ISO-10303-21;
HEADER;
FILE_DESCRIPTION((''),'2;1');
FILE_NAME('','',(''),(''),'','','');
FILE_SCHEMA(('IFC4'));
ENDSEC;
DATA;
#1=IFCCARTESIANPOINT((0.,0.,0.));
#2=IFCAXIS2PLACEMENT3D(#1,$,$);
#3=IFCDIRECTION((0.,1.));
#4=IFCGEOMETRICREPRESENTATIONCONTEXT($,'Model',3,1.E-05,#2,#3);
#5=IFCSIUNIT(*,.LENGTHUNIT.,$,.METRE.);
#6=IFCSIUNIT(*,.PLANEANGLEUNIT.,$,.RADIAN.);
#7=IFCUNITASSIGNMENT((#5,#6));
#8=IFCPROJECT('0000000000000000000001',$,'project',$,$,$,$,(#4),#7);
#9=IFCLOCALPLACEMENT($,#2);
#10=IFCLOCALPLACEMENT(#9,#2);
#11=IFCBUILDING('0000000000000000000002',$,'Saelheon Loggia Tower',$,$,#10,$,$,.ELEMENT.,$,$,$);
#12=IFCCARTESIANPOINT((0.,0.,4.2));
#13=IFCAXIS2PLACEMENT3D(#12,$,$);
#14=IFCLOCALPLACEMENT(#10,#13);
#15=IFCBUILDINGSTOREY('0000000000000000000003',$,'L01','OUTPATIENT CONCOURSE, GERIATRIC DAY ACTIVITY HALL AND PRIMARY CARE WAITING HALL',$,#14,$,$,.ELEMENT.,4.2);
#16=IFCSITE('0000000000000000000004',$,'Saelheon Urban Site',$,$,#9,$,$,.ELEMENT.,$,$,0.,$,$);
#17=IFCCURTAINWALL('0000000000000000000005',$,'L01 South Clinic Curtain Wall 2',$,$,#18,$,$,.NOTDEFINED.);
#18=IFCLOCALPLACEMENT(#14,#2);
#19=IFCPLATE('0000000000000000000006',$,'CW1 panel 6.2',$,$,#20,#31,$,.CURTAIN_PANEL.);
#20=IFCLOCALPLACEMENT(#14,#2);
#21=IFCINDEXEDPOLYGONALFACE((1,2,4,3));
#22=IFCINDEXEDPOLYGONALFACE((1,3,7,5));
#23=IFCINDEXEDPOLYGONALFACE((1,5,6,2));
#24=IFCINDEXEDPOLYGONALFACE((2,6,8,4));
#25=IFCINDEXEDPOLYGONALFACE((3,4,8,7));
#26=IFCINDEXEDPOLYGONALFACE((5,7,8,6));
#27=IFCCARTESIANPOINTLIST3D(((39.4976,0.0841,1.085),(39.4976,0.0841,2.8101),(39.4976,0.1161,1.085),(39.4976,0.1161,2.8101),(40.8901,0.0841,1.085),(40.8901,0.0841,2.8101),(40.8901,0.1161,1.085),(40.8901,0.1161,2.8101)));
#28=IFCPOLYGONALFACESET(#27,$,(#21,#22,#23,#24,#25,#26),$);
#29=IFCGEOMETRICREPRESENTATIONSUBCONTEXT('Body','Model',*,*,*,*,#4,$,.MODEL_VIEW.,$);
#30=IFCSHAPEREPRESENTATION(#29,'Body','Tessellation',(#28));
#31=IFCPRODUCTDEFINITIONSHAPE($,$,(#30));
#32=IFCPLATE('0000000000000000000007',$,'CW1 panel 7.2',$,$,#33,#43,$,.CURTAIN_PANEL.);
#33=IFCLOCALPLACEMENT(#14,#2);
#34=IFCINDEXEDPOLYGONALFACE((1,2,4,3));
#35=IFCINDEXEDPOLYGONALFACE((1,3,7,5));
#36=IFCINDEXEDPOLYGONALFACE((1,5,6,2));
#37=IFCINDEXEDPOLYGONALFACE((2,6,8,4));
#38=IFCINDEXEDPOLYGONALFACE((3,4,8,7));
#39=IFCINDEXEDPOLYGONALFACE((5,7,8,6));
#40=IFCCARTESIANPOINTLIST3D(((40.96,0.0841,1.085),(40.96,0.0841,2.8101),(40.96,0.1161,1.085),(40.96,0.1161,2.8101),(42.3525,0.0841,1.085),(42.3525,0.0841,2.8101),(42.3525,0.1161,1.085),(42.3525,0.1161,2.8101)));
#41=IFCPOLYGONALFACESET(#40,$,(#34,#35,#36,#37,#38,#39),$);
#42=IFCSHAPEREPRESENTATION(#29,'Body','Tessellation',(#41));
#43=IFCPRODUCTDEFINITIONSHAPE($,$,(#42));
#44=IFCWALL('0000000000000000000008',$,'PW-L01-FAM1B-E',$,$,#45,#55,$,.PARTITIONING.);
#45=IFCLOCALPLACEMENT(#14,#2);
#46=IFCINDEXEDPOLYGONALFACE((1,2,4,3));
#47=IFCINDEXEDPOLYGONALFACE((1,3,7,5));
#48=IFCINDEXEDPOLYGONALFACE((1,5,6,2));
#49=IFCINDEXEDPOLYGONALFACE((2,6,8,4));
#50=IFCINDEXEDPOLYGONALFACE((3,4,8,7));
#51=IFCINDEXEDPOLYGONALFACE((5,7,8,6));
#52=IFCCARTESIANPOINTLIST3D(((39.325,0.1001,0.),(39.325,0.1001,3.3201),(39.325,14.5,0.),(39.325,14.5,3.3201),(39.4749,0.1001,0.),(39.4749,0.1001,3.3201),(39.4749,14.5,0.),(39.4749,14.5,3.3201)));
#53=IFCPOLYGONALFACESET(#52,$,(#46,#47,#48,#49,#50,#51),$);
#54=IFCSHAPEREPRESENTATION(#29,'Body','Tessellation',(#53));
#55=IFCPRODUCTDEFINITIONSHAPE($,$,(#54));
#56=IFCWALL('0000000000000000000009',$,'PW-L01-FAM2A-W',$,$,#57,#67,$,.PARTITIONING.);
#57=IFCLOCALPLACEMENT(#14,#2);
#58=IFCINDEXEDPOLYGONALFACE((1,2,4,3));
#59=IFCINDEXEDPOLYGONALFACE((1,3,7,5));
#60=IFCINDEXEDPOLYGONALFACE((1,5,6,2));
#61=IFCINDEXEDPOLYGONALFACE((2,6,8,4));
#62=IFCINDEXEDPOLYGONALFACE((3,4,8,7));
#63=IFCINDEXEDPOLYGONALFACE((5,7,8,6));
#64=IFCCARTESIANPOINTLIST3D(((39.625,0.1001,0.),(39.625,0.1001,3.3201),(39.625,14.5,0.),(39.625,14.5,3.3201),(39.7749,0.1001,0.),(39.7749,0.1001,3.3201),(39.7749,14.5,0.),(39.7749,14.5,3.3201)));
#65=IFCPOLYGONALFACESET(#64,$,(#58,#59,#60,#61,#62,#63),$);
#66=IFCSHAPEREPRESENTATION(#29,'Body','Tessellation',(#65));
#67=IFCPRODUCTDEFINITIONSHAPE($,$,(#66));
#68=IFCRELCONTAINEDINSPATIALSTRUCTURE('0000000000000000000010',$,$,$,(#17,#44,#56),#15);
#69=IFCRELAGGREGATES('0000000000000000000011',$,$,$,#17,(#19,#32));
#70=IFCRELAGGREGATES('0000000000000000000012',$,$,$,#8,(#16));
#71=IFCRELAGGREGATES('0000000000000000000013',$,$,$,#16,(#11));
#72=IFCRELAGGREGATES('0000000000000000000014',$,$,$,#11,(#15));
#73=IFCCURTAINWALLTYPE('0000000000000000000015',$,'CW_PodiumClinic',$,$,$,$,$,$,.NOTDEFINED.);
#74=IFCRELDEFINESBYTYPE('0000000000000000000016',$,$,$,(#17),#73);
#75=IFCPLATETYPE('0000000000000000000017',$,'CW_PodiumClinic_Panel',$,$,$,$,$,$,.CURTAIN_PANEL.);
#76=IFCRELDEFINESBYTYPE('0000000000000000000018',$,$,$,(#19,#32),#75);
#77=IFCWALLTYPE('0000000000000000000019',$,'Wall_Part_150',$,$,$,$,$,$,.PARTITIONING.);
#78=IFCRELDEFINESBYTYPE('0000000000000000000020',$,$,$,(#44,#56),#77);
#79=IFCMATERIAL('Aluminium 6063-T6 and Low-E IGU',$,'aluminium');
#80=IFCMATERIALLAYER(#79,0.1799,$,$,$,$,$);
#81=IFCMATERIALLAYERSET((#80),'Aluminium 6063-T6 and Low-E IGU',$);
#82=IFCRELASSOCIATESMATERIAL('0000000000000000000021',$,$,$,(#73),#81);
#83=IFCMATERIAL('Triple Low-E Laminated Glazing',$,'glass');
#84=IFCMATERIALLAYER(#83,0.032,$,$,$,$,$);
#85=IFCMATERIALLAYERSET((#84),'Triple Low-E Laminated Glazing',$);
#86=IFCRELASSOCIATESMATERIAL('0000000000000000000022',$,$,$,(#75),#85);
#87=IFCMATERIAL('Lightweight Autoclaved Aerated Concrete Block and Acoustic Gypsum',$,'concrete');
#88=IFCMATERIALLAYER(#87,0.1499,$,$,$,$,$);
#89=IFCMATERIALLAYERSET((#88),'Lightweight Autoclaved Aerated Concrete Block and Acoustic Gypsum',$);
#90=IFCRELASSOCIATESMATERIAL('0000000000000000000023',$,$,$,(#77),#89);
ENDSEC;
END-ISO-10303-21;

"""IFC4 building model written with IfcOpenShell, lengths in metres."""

from ifc_helpers import new_model, si_unit, direction, frame, frame_2d, origin, origin_2d, place, context, subcontext, project, spatial, rectangle, extrude, source, transform, mapped, material, layer, layer_set, type_object, element, aggregate, save


model = new_model("IFC4")

# Units and contexts
model_context = context("Model", 3, precision=1e-05, world=origin(), true_north=direction((0.0, 1.0)))
body_context = subcontext(model_context, "Body", "Model", "MODEL_VIEW")
ifc_project = project(units=[si_unit("LENGTHUNIT", "METRE"), si_unit("PLANEANGLEUNIT", "RADIAN")], contexts=[model_context])

# Site, building, storey
site_placement = place(None, origin())
site = spatial("IfcSite", under=ifc_project, at=site_placement, Name="Saelheon Urban Site", CompositionType="ELEMENT", RefElevation=0.0)
building_placement = place(site_placement, origin())
building = spatial("IfcBuilding", under=site, at=building_placement, Name="Saelheon Loggia Tower", CompositionType="ELEMENT")
storey_placement = place(building_placement, frame((0.0, 0.0, 4.2)))
storey = spatial("IfcBuildingStorey", under=building, at=storey_placement, Name="L01", Description="OUTPATIENT CONCOURSE, GERIATRIC DAY ACTIVITY HALL AND PRIMARY CARE WAITING HALL", CompositionType="ELEMENT", Elevation=4.2)

# Curtain wall
ifc_material_1 = material(Name="Aluminium 6063-T6 and Low-E IGU", Category="aluminium")
ifc_layer_1 = layer(ifc_material_1, 0.1799)
ifc_layer_set_1 = layer_set([ifc_layer_1], Name="Aluminium 6063-T6 and Low-E IGU")
curtain_wall_type = type_object("IfcCurtainWallType", Name="CW_PodiumClinic", PredefinedType="NOTDEFINED", material=ifc_layer_set_1)
curtain_wall_1_placement = place(storey_placement, origin())
curtain_wall_1 = element("IfcCurtainWall", 1, at=curtain_wall_1_placement, inside=storey, type_object=curtain_wall_type, Name="L01 South Clinic Curtain Wall 2", PredefinedType="NOTDEFINED")

# Plates
ifc_material_2 = material(Name="Triple Low-E Laminated Glazing", Category="glass")
ifc_layer_2 = layer(ifc_material_2, 0.032)
ifc_layer_set_2 = layer_set([ifc_layer_2], Name="Triple Low-E Laminated Glazing")
plate_type = type_object("IfcPlateType", Name="CW_PodiumClinic_Panel", PredefinedType="CURTAIN_PANEL", material=ifc_layer_set_2)
shared_shape_1 = source(origin(), body_context, "Body", "SweptSolid", [
    extrude(rectangle(XDim=1.3926, YDim=0.032, at=origin_2d()), origin(), (0.0, 0.0, 1.0), 1.7251),
])
plate_1_placement = place(storey_placement, frame((40.1938, 0.1001, 1.085), z_axis=(0.0, 0.0, 1.0), x_axis=(1.0, 0.0, 0.0)))
plate_1 = element("IfcPlate", 2, at=plate_1_placement, type_object=plate_type, Name="CW1 panel 6.2", PredefinedType="CURTAIN_PANEL", context=body_context, shape_type="MappedRepresentation", body=[
    mapped(shared_shape_1, transform((0.0, 0.0, 0.0), scale=1.0)),
])
plate_2_placement = place(storey_placement, frame((41.6562, 0.1001, 1.085), z_axis=(0.0, 0.0, 1.0), x_axis=(1.0, 0.0, 0.0)))
plate_2 = element("IfcPlate", 3, at=plate_2_placement, type_object=plate_type, Name="CW1 panel 7.2", PredefinedType="CURTAIN_PANEL", context=body_context, shape_type="MappedRepresentation", body=[
    mapped(shared_shape_1, transform((0.0, 0.0, 0.0), scale=1.0)),
])
aggregate(curtain_wall_1, [plate_1, plate_2])

# Walls
ifc_material_3 = material(Name="Lightweight Autoclaved Aerated Concrete Block and Acoustic Gypsum", Category="concrete")
ifc_layer_3 = layer(ifc_material_3, 0.1499)
ifc_layer_set_3 = layer_set([ifc_layer_3], Name="Lightweight Autoclaved Aerated Concrete Block and Acoustic Gypsum")
wall_type = type_object("IfcWallType", Name="Wall_Part_150", PredefinedType="PARTITIONING", material=ifc_layer_set_3)
for number, where, z_axis, x_axis, name in (
    (4, (39.3999, 0.1001, 0.0), (0.0, 0.0, 1.0), (0.0, 1.0, 0.0), "PW-L01-FAM1B-E"),
    (5, (39.7, 0.1001, 0.0), (0.0, 0.0, 1.0), (0.0, 1.0, 0.0), "PW-L01-FAM2A-W"),
):
    element("IfcWall", number, at=place(storey_placement, frame(where, z_axis=z_axis, x_axis=x_axis)), inside=storey, type_object=wall_type, Name=name, PredefinedType="PARTITIONING", context=body_context, shape_type="SweptSolid", body=[
        extrude(rectangle(XDim=14.3999, YDim=0.1499, at=frame_2d((7.2, 0.0))), origin(), (0.0, 0.0, 1.0), 3.3201),
    ])

save(model, "model.ifc")
